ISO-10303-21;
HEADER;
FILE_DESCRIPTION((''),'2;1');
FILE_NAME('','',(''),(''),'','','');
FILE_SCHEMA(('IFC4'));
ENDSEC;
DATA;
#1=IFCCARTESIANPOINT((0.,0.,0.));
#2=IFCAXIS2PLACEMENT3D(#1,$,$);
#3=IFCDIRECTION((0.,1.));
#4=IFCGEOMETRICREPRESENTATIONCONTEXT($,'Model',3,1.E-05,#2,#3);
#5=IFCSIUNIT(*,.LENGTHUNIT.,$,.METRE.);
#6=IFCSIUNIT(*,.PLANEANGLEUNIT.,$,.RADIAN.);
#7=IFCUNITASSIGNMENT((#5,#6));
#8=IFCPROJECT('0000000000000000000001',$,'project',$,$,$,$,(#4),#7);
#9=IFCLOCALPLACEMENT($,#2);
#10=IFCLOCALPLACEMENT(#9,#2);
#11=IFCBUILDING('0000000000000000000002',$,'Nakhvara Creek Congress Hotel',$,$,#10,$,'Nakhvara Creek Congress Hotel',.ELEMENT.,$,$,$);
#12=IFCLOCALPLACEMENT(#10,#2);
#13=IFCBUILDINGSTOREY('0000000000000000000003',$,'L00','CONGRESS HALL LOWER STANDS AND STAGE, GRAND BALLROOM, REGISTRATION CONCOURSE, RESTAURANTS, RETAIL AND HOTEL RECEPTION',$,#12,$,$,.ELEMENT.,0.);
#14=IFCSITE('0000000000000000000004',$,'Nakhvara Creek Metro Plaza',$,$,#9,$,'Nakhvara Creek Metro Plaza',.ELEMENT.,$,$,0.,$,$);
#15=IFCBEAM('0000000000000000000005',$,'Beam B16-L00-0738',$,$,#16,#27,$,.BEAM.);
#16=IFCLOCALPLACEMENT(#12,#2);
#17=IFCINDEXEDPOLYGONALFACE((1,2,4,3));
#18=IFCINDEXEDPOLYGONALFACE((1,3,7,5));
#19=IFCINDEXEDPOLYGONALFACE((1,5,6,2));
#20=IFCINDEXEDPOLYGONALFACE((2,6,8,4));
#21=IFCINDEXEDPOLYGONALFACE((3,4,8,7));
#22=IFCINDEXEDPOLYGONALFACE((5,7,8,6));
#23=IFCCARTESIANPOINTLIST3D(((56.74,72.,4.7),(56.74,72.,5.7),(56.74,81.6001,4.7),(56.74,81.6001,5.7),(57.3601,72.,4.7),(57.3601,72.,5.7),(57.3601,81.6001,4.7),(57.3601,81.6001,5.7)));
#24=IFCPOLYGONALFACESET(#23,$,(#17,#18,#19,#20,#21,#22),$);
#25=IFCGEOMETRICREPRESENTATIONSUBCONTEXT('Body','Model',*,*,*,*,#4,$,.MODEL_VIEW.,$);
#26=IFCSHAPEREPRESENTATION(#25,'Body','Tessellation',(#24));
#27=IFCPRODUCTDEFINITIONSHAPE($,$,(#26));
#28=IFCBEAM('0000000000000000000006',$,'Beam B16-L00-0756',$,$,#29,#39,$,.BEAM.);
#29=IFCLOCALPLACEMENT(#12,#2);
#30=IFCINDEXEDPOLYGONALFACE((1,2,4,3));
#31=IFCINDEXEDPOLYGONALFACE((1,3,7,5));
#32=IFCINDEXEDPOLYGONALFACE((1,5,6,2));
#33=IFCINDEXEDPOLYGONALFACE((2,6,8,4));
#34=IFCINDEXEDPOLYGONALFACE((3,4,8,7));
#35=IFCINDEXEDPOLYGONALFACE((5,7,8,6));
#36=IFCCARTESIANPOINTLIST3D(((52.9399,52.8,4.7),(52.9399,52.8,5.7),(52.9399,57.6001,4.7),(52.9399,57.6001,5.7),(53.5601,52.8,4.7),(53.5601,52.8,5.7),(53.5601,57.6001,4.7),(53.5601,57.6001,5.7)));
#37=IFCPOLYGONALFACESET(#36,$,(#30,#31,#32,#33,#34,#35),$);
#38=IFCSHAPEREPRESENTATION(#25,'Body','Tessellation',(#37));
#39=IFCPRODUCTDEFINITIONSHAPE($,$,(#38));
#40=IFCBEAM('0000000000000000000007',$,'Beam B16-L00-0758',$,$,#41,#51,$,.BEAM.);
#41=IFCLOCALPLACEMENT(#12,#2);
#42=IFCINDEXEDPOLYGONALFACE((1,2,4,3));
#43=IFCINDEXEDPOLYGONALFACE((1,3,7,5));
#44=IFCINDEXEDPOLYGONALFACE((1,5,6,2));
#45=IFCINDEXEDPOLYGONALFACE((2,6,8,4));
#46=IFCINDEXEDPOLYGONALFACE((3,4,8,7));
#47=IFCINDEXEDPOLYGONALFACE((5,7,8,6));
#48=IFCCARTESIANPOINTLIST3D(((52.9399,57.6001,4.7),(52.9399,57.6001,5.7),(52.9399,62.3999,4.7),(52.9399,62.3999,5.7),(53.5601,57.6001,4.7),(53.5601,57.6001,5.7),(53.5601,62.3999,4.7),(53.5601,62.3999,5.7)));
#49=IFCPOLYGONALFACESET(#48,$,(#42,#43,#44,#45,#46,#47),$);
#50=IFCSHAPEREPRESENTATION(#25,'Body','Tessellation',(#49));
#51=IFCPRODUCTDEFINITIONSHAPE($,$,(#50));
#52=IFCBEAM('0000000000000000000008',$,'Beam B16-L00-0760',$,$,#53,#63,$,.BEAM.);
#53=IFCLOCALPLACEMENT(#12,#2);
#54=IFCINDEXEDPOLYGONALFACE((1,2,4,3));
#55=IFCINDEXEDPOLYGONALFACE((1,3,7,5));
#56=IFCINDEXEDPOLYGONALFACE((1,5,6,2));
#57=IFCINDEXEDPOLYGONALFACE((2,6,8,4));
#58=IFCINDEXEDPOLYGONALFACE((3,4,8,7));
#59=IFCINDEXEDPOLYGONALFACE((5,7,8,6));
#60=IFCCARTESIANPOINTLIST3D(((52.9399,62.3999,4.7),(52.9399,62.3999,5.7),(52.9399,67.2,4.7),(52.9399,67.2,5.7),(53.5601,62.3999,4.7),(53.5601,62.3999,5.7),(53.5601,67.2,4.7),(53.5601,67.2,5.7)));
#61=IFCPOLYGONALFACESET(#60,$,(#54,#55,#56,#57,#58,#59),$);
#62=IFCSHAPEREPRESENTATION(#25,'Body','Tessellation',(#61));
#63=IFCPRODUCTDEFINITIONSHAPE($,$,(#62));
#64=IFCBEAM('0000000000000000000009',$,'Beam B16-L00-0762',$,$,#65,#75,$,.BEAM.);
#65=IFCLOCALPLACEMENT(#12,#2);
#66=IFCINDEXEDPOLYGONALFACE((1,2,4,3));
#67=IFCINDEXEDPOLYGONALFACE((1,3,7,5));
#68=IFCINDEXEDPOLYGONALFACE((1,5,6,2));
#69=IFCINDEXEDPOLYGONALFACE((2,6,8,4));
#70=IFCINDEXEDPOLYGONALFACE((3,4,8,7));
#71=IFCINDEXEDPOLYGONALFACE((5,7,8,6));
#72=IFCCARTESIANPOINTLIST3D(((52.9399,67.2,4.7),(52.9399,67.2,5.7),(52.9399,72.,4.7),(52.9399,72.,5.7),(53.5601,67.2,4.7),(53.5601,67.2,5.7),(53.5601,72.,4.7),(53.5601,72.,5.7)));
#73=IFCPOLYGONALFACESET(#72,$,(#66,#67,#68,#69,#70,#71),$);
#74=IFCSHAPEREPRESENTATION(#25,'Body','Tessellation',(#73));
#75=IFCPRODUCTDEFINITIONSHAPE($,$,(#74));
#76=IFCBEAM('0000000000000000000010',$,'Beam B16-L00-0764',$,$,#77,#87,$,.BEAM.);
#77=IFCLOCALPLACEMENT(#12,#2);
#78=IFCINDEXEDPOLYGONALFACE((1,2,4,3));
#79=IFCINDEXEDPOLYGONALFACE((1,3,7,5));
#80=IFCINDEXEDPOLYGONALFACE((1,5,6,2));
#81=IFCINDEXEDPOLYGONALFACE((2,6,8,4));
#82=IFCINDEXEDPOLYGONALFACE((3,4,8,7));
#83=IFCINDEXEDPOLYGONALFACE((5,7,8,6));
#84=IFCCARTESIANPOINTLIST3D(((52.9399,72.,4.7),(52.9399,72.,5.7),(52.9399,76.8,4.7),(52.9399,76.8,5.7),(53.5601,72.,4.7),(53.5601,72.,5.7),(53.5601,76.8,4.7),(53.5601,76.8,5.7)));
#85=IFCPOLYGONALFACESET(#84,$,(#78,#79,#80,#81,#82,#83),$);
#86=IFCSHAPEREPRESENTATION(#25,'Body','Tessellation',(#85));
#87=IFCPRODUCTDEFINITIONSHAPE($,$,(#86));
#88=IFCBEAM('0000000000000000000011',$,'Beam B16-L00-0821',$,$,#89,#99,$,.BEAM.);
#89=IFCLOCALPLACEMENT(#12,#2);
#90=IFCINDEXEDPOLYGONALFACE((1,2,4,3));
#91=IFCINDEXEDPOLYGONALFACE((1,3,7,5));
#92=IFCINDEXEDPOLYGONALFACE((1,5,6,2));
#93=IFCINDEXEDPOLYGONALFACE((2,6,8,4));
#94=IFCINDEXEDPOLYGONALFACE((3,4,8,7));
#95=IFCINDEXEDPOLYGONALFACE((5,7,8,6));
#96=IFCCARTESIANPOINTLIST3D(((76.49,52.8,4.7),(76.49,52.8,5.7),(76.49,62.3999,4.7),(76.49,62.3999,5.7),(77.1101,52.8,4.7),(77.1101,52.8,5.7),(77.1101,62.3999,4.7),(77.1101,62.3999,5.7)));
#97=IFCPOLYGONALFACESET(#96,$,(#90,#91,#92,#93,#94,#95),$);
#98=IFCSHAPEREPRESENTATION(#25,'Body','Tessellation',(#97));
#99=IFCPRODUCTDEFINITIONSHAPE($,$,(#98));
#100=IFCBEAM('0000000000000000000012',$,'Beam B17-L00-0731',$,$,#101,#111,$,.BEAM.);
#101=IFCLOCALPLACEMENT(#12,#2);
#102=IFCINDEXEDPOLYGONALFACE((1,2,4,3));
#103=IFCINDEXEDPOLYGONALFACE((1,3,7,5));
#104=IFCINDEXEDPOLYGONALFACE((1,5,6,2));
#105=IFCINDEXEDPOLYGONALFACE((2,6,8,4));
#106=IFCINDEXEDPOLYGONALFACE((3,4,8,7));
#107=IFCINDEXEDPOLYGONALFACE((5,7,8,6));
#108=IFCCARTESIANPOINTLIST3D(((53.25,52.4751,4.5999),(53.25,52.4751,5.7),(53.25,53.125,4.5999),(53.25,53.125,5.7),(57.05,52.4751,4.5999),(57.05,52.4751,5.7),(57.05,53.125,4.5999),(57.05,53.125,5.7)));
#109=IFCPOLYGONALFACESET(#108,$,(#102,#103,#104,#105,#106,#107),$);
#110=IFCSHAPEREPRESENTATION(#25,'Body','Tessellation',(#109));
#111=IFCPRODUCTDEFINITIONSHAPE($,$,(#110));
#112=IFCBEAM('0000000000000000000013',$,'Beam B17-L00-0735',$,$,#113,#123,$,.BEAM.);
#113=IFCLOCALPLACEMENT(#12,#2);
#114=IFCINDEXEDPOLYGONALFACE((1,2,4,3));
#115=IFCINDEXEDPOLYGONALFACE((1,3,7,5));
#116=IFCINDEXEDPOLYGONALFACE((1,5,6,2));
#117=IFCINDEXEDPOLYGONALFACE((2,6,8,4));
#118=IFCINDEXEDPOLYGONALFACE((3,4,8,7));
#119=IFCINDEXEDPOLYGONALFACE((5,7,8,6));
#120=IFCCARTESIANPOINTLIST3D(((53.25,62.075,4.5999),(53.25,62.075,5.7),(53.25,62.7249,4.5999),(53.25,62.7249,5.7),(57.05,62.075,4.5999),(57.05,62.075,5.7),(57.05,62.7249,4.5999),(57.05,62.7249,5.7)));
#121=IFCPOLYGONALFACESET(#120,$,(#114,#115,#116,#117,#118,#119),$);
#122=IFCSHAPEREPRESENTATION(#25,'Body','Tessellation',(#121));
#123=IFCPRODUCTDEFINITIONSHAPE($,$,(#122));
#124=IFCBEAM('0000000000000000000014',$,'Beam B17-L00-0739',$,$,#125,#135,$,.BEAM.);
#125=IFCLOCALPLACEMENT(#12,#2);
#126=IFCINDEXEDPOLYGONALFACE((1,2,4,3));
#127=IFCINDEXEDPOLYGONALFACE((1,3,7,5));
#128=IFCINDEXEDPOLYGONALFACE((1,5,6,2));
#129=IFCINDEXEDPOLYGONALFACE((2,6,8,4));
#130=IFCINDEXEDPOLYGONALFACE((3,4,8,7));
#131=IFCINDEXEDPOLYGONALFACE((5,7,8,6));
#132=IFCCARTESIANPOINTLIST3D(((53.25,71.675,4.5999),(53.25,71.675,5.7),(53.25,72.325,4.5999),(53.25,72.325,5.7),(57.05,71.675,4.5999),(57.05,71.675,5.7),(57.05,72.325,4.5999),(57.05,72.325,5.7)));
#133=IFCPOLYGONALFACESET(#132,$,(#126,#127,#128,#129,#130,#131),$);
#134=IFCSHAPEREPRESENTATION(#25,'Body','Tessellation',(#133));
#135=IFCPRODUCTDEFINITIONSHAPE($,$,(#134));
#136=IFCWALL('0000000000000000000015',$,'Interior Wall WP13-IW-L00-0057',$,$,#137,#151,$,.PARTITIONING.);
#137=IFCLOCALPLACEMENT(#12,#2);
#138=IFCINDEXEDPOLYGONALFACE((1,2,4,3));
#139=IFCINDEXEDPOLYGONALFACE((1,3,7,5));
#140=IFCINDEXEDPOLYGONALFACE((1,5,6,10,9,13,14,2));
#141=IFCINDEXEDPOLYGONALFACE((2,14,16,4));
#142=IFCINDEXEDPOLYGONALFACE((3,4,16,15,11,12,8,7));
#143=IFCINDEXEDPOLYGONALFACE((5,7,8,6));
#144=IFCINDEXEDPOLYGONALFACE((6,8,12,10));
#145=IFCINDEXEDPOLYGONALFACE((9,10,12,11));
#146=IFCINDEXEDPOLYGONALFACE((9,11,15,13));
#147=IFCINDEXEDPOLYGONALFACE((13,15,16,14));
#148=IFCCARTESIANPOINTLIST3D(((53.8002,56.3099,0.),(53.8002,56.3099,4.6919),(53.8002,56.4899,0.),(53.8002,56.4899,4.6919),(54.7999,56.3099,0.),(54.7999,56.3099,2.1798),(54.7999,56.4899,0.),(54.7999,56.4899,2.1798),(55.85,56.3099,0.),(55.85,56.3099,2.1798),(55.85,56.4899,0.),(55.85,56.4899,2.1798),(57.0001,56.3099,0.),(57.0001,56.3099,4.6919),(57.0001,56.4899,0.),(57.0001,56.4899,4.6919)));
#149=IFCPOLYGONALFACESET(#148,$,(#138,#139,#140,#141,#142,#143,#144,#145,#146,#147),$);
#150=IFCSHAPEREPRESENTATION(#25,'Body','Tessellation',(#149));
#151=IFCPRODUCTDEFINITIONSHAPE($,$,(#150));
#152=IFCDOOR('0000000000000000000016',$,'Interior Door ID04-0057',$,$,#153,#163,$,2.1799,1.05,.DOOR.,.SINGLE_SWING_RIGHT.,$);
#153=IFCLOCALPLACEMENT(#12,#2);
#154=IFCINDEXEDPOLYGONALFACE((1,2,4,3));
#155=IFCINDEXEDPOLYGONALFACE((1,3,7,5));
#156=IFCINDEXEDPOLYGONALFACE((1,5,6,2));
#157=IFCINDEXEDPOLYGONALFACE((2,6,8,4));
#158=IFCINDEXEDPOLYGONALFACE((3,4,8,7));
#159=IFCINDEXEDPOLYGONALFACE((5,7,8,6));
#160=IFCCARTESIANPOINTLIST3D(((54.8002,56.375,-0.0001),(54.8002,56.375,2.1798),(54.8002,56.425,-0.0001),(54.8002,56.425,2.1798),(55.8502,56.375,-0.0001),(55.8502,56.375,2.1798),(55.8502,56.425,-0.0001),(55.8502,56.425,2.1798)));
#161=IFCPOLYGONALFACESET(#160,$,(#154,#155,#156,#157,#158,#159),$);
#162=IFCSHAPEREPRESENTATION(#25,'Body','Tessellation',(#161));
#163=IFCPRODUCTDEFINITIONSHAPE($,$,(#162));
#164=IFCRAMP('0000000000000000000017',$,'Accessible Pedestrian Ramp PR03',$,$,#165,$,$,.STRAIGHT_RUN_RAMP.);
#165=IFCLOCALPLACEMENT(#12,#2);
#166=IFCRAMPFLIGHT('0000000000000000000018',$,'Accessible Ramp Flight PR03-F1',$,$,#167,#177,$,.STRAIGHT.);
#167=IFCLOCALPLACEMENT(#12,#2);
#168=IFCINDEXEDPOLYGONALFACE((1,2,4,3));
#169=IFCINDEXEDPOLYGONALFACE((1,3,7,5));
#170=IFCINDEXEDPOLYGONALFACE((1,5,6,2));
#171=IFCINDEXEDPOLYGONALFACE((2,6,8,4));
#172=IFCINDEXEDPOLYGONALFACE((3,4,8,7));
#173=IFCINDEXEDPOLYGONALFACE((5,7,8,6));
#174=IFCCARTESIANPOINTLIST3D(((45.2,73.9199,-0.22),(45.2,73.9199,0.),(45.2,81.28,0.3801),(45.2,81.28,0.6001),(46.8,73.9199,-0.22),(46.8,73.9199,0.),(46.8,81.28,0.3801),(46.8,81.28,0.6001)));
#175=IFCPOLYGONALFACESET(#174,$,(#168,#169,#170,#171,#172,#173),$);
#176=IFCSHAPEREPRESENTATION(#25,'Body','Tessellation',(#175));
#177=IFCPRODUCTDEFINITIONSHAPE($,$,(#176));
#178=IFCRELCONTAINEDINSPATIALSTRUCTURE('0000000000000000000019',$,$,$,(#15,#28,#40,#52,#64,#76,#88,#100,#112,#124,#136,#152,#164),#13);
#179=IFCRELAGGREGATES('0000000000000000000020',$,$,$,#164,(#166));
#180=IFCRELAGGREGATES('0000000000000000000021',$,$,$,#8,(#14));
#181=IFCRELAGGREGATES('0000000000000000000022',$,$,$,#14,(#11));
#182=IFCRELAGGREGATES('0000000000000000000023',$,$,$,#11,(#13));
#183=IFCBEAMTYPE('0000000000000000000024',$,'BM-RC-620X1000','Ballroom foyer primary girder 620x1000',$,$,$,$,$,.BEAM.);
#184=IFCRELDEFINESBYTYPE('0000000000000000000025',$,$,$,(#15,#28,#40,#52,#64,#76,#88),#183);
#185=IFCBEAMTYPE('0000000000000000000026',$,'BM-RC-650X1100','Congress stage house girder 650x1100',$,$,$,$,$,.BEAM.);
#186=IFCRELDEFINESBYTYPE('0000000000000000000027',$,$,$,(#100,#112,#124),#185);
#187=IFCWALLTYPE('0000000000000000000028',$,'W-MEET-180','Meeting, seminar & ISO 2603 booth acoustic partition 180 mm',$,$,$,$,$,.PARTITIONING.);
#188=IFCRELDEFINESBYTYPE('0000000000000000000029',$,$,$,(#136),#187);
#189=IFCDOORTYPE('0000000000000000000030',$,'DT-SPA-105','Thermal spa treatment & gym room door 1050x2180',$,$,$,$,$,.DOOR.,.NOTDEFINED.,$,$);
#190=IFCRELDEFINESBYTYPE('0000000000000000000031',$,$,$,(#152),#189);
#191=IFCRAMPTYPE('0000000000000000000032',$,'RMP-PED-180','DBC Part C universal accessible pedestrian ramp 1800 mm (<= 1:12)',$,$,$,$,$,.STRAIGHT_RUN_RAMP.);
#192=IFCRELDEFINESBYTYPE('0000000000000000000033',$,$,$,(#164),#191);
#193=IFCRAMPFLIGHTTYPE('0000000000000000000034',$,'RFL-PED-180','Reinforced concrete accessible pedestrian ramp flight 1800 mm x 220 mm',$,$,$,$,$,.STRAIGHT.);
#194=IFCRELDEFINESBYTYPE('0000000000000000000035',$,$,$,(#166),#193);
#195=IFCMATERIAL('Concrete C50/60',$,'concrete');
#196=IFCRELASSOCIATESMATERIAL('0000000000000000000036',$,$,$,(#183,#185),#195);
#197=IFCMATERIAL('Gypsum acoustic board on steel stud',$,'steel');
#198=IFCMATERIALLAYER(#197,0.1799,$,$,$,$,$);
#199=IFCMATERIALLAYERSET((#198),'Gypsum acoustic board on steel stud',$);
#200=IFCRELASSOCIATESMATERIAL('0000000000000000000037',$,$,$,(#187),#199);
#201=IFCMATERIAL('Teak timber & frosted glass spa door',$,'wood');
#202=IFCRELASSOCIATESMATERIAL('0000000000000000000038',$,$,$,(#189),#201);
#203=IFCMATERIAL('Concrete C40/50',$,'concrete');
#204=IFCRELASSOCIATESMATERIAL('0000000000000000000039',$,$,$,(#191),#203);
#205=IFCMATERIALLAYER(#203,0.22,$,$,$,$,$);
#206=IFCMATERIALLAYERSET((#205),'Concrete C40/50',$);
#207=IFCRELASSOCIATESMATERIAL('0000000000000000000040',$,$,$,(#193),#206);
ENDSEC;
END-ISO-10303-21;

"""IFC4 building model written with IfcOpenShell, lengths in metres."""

from ifc_helpers import new_model, si_unit, direction, frame, frame_2d, origin, origin_2d, place, context, subcontext, project, spatial, polyline, rectangle, outline, extrude, material, layer, layer_set, material_profile, profile_set, type_object, element, fill, aggregate, save


model = new_model("IFC4")

# Units and contexts
model_context = context("Model", 3, precision=1e-05, world=origin(), true_north=direction((0.0, 1.0)))
body_context = subcontext(model_context, "Body", "Model", "MODEL_VIEW")
ifc_project = project(units=[si_unit("LENGTHUNIT", "METRE"), si_unit("PLANEANGLEUNIT", "RADIAN")], contexts=[model_context])

# Site, building, storey
site_placement = place(None, origin())
site = spatial("IfcSite", under=ifc_project, at=site_placement, Name="Nakhvara Creek Metro Plaza", LongName="Nakhvara Creek Metro Plaza", CompositionType="ELEMENT", RefElevation=0.0)
building_placement = place(site_placement, origin())
building = spatial("IfcBuilding", under=site, at=building_placement, Name="Nakhvara Creek Congress Hotel", LongName="Nakhvara Creek Congress Hotel", CompositionType="ELEMENT")
storey_placement = place(building_placement, origin())
storey = spatial("IfcBuildingStorey", under=building, at=storey_placement, Name="L00", Description="CONGRESS HALL LOWER STANDS AND STAGE, GRAND BALLROOM, REGISTRATION CONCOURSE, RESTAURANTS, RETAIL AND HOTEL RECEPTION", CompositionType="ELEMENT", Elevation=0.0)

# Shared definitions
ifc_material_1 = material(Name="Concrete C50/60", Category="concrete")

# Beams
ifc_material_profile_1 = material_profile(ifc_material_1, rectangle(XDim=0.6201, YDim=1.0, at=origin_2d()), Name="RC-BM 620x1000", Category="LoadBearing")
ifc_profile_set_1 = profile_set([ifc_material_profile_1], Name="Concrete C50/60")
beam_type_1 = type_object("IfcBeamType", Name="BM-RC-620X1000", Description="Ballroom foyer primary girder 620x1000", PredefinedType="BEAM", material=ifc_profile_set_1)
for number, where, z_axis, x_axis, name in (
    (1, (57.05, 72.0, 5.2), (0.0, 1.0, 0.0), (-1.0, 0.0, 0.0), "Beam B16-L00-0738"),
):
    element("IfcBeam", number, at=place(storey_placement, frame(where, z_axis=z_axis, x_axis=x_axis)), inside=storey, type_object=beam_type_1, Name=name, PredefinedType="BEAM", context=body_context, shape_type="SweptSolid", body=[
        extrude(rectangle(XDim=0.6201, YDim=1.0, at=origin_2d()), origin(), (0.0, 0.0, 1.0), 9.6001),
    ])
beam_1_placement = place(storey_placement, frame((53.25, 52.8, 5.2), z_axis=(0.0, 1.0, 0.0), x_axis=(-1.0, 0.0, 0.0)))
element("IfcBeam", 2, at=beam_1_placement, inside=storey, type_object=beam_type_1, Name="Beam B16-L00-0756", PredefinedType="BEAM", context=body_context, shape_type="SweptSolid", body=[
    extrude(rectangle(XDim=0.6201, YDim=1.0, at=origin_2d()), origin(), (0.0, 0.0, 1.0), 4.8),
])
beam_2_placement = place(storey_placement, frame((53.25, 57.6001, 5.2), z_axis=(0.0, 1.0, 0.0), x_axis=(-1.0, 0.0, 0.0)))
element("IfcBeam", 3, at=beam_2_placement, inside=storey, type_object=beam_type_1, Name="Beam B16-L00-0758", PredefinedType="BEAM", context=body_context, shape_type="SweptSolid", body=[
    extrude(rectangle(XDim=0.6201, YDim=1.0, at=origin_2d()), origin(), (0.0, 0.0, 1.0), 4.7998),
])
for number, where, z_axis, x_axis, name in (
    (4, (53.25, 62.3999, 5.2), (0.0, 1.0, 0.0), (-1.0, 0.0, 0.0), "Beam B16-L00-0760"),
    (5, (53.25, 67.2, 5.2), (0.0, 1.0, 0.0), (-1.0, 0.0, 0.0), "Beam B16-L00-0762"),
    (6, (53.25, 72.0, 5.2), (0.0, 1.0, 0.0), (-1.0, 0.0, 0.0), "Beam B16-L00-0764"),
):
    element("IfcBeam", number, at=place(storey_placement, frame(where, z_axis=z_axis, x_axis=x_axis)), inside=storey, type_object=beam_type_1, Name=name, PredefinedType="BEAM", context=body_context, shape_type="SweptSolid", body=[
        extrude(rectangle(XDim=0.6201, YDim=1.0, at=origin_2d()), origin(), (0.0, 0.0, 1.0), 4.8),
    ])
beam_3_placement = place(storey_placement, frame((76.8, 52.8, 5.2), z_axis=(0.0, 1.0, 0.0), x_axis=(-1.0, 0.0, 0.0)))
element("IfcBeam", 7, at=beam_3_placement, inside=storey, type_object=beam_type_1, Name="Beam B16-L00-0821", PredefinedType="BEAM", context=body_context, shape_type="SweptSolid", body=[
    extrude(rectangle(XDim=0.6201, YDim=1.0, at=origin_2d()), origin(), (0.0, 0.0, 1.0), 9.5999),
])
ifc_material_profile_2 = material_profile(ifc_material_1, rectangle(XDim=0.6499, YDim=1.1001, at=origin_2d()), Name="RC-BM 650x1100", Category="LoadBearing")
ifc_profile_set_2 = profile_set([ifc_material_profile_2], Name="Concrete C50/60")
beam_type_2 = type_object("IfcBeamType", Name="BM-RC-650X1100", Description="Congress stage house girder 650x1100", PredefinedType="BEAM", material=ifc_profile_set_2)
for number, where, z_axis, x_axis, name in (
    (8, (53.25, 52.8, 5.1499), (1.0, 0.0, 0.0), (0.0, 1.0, 0.0), "Beam B17-L00-0731"),
    (9, (53.25, 62.3999, 5.1499), (1.0, 0.0, 0.0), (0.0, 1.0, 0.0), "Beam B17-L00-0735"),
    (10, (53.25, 72.0, 5.1499), (1.0, 0.0, 0.0), (0.0, 1.0, 0.0), "Beam B17-L00-0739"),
):
    element("IfcBeam", number, at=place(storey_placement, frame(where, z_axis=z_axis, x_axis=x_axis)), inside=storey, type_object=beam_type_2, Name=name, PredefinedType="BEAM", context=body_context, shape_type="SweptSolid", body=[
        extrude(rectangle(XDim=0.6499, YDim=1.1001, at=origin_2d()), origin(), (0.0, 0.0, 1.0), 3.8),
    ])

# Wall, opening, door
ifc_material_2 = material(Name="Gypsum acoustic board on steel stud", Category="steel")
ifc_layer_1 = layer(ifc_material_2, 0.1799)
ifc_layer_set_1 = layer_set([ifc_layer_1], Name="Gypsum acoustic board on steel stud")
wall_type = type_object("IfcWallType", Name="W-MEET-180", Description="Meeting, seminar & ISO 2603 booth acoustic partition 180 mm", PredefinedType="PARTITIONING", material=ifc_layer_set_1)
wall_placement = place(storey_placement, frame((53.8, 56.3999, 0.0), z_axis=(0.0, 0.0, 1.0), x_axis=(1.0, 0.0, 0.0)))
wall = element("IfcWall", 11, at=wall_placement, inside=storey, type_object=wall_type, Name="Interior Wall WP13-IW-L00-0057", PredefinedType="PARTITIONING", context=body_context, shape_type="SweptSolid", body=[
    extrude(rectangle(XDim=3.2, YDim=0.1799, at=frame_2d((1.6001, 0.0))), origin(), (0.0, 0.0, 1.0), 4.6919),
])
opening_placement = place(wall_placement, frame((1.0, 0.0, 0.0)))
opening = element("IfcOpeningElement", 12, at=opening_placement, cuts=wall, PredefinedType="OPENING", context=body_context, shape_type="SweptSolid", body=[
    extrude(rectangle(XDim=1.05, YDim=2.1799, at=frame_2d((0.5249, 1.0898))), frame((0.0, 0.1021, 0.0), z_axis=(0.0, -1.0, 0.0), x_axis=(1.0, 0.0, 0.0)), (0.0, 0.0, 1.0), 0.2039),
])
ifc_material_3 = material(Name="Teak timber & frosted glass spa door", Category="wood")
door_type = type_object("IfcDoorType", Name="DT-SPA-105", Description="Thermal spa treatment & gym room door 1050x2180", OperationType="NOTDEFINED", PredefinedType="DOOR", material=ifc_material_3)
door_placement = place(opening_placement, frame((1.05, 0.0, 0.0), z_axis=(0.0, 0.0, 1.0), x_axis=(-1.0, 0.0, 0.0)))
door = element("IfcDoor", 13, at=door_placement, inside=storey, type_object=door_type, Name="Interior Door ID04-0057", OperationType="SINGLE_SWING_RIGHT", OverallHeight=2.1799, OverallWidth=1.05, PredefinedType="DOOR", context=body_context, shape_type="SweptSolid", body=[
    extrude(rectangle(XDim=1.05, YDim=2.1799, at=frame_2d((0.5249, 1.0898))), frame((0.0, 0.0249, 0.0), z_axis=(0.0, -1.0, 0.0), x_axis=(1.0, 0.0, 0.0)), (0.0, 0.0, 1.0), 0.05),
])
fill(opening, door)

# Ramp, ramp flight
ifc_material_4 = material(Name="Concrete C40/50", Category="concrete")
ramp_type = type_object("IfcRampType", Name="RMP-PED-180", Description="DBC Part C universal accessible pedestrian ramp 1800 mm (<= 1:12)", PredefinedType="STRAIGHT_RUN_RAMP", material=ifc_material_4)
ramp_placement = place(storey_placement, origin())
ramp = element("IfcRamp", 14, at=ramp_placement, inside=storey, type_object=ramp_type, Name="Accessible Pedestrian Ramp PR03", PredefinedType="STRAIGHT_RUN_RAMP")
ifc_layer_2 = layer(ifc_material_4, 0.22)
ifc_layer_set_2 = layer_set([ifc_layer_2], Name="Concrete C40/50")
ramp_flight_type = type_object("IfcRampFlightType", Name="RFL-PED-180", Description="Reinforced concrete accessible pedestrian ramp flight 1800 mm x 220 mm", PredefinedType="STRAIGHT", material=ifc_layer_set_2)
ramp_flight_placement = place(storey_placement, frame((46.0, 74.0, 0.0), z_axis=(0.0, 0.0, 1.0), x_axis=(0.0, 1.0, 0.0)))
ramp_flight = element("IfcRampFlight", 15, at=ramp_flight_placement, type_object=ramp_flight_type, Name="Accessible Ramp Flight PR03-F1", PredefinedType="STRAIGHT", context=body_context, shape_type="SweptSolid", body=[
    extrude(outline(polyline([(-0.0801, 0.0), (7.28, 0.6001), (7.28, 0.3801), (-0.0801, -0.22), (-0.0801, 0.0)])), frame((0.0, 0.8, 0.0), z_axis=(0.0, -1.0, 0.0), x_axis=(1.0, 0.0, 0.0)), (0.0, 0.0, 1.0), 1.6001),
])
aggregate(ramp, [ramp_flight])

save(model, "model.ifc")
